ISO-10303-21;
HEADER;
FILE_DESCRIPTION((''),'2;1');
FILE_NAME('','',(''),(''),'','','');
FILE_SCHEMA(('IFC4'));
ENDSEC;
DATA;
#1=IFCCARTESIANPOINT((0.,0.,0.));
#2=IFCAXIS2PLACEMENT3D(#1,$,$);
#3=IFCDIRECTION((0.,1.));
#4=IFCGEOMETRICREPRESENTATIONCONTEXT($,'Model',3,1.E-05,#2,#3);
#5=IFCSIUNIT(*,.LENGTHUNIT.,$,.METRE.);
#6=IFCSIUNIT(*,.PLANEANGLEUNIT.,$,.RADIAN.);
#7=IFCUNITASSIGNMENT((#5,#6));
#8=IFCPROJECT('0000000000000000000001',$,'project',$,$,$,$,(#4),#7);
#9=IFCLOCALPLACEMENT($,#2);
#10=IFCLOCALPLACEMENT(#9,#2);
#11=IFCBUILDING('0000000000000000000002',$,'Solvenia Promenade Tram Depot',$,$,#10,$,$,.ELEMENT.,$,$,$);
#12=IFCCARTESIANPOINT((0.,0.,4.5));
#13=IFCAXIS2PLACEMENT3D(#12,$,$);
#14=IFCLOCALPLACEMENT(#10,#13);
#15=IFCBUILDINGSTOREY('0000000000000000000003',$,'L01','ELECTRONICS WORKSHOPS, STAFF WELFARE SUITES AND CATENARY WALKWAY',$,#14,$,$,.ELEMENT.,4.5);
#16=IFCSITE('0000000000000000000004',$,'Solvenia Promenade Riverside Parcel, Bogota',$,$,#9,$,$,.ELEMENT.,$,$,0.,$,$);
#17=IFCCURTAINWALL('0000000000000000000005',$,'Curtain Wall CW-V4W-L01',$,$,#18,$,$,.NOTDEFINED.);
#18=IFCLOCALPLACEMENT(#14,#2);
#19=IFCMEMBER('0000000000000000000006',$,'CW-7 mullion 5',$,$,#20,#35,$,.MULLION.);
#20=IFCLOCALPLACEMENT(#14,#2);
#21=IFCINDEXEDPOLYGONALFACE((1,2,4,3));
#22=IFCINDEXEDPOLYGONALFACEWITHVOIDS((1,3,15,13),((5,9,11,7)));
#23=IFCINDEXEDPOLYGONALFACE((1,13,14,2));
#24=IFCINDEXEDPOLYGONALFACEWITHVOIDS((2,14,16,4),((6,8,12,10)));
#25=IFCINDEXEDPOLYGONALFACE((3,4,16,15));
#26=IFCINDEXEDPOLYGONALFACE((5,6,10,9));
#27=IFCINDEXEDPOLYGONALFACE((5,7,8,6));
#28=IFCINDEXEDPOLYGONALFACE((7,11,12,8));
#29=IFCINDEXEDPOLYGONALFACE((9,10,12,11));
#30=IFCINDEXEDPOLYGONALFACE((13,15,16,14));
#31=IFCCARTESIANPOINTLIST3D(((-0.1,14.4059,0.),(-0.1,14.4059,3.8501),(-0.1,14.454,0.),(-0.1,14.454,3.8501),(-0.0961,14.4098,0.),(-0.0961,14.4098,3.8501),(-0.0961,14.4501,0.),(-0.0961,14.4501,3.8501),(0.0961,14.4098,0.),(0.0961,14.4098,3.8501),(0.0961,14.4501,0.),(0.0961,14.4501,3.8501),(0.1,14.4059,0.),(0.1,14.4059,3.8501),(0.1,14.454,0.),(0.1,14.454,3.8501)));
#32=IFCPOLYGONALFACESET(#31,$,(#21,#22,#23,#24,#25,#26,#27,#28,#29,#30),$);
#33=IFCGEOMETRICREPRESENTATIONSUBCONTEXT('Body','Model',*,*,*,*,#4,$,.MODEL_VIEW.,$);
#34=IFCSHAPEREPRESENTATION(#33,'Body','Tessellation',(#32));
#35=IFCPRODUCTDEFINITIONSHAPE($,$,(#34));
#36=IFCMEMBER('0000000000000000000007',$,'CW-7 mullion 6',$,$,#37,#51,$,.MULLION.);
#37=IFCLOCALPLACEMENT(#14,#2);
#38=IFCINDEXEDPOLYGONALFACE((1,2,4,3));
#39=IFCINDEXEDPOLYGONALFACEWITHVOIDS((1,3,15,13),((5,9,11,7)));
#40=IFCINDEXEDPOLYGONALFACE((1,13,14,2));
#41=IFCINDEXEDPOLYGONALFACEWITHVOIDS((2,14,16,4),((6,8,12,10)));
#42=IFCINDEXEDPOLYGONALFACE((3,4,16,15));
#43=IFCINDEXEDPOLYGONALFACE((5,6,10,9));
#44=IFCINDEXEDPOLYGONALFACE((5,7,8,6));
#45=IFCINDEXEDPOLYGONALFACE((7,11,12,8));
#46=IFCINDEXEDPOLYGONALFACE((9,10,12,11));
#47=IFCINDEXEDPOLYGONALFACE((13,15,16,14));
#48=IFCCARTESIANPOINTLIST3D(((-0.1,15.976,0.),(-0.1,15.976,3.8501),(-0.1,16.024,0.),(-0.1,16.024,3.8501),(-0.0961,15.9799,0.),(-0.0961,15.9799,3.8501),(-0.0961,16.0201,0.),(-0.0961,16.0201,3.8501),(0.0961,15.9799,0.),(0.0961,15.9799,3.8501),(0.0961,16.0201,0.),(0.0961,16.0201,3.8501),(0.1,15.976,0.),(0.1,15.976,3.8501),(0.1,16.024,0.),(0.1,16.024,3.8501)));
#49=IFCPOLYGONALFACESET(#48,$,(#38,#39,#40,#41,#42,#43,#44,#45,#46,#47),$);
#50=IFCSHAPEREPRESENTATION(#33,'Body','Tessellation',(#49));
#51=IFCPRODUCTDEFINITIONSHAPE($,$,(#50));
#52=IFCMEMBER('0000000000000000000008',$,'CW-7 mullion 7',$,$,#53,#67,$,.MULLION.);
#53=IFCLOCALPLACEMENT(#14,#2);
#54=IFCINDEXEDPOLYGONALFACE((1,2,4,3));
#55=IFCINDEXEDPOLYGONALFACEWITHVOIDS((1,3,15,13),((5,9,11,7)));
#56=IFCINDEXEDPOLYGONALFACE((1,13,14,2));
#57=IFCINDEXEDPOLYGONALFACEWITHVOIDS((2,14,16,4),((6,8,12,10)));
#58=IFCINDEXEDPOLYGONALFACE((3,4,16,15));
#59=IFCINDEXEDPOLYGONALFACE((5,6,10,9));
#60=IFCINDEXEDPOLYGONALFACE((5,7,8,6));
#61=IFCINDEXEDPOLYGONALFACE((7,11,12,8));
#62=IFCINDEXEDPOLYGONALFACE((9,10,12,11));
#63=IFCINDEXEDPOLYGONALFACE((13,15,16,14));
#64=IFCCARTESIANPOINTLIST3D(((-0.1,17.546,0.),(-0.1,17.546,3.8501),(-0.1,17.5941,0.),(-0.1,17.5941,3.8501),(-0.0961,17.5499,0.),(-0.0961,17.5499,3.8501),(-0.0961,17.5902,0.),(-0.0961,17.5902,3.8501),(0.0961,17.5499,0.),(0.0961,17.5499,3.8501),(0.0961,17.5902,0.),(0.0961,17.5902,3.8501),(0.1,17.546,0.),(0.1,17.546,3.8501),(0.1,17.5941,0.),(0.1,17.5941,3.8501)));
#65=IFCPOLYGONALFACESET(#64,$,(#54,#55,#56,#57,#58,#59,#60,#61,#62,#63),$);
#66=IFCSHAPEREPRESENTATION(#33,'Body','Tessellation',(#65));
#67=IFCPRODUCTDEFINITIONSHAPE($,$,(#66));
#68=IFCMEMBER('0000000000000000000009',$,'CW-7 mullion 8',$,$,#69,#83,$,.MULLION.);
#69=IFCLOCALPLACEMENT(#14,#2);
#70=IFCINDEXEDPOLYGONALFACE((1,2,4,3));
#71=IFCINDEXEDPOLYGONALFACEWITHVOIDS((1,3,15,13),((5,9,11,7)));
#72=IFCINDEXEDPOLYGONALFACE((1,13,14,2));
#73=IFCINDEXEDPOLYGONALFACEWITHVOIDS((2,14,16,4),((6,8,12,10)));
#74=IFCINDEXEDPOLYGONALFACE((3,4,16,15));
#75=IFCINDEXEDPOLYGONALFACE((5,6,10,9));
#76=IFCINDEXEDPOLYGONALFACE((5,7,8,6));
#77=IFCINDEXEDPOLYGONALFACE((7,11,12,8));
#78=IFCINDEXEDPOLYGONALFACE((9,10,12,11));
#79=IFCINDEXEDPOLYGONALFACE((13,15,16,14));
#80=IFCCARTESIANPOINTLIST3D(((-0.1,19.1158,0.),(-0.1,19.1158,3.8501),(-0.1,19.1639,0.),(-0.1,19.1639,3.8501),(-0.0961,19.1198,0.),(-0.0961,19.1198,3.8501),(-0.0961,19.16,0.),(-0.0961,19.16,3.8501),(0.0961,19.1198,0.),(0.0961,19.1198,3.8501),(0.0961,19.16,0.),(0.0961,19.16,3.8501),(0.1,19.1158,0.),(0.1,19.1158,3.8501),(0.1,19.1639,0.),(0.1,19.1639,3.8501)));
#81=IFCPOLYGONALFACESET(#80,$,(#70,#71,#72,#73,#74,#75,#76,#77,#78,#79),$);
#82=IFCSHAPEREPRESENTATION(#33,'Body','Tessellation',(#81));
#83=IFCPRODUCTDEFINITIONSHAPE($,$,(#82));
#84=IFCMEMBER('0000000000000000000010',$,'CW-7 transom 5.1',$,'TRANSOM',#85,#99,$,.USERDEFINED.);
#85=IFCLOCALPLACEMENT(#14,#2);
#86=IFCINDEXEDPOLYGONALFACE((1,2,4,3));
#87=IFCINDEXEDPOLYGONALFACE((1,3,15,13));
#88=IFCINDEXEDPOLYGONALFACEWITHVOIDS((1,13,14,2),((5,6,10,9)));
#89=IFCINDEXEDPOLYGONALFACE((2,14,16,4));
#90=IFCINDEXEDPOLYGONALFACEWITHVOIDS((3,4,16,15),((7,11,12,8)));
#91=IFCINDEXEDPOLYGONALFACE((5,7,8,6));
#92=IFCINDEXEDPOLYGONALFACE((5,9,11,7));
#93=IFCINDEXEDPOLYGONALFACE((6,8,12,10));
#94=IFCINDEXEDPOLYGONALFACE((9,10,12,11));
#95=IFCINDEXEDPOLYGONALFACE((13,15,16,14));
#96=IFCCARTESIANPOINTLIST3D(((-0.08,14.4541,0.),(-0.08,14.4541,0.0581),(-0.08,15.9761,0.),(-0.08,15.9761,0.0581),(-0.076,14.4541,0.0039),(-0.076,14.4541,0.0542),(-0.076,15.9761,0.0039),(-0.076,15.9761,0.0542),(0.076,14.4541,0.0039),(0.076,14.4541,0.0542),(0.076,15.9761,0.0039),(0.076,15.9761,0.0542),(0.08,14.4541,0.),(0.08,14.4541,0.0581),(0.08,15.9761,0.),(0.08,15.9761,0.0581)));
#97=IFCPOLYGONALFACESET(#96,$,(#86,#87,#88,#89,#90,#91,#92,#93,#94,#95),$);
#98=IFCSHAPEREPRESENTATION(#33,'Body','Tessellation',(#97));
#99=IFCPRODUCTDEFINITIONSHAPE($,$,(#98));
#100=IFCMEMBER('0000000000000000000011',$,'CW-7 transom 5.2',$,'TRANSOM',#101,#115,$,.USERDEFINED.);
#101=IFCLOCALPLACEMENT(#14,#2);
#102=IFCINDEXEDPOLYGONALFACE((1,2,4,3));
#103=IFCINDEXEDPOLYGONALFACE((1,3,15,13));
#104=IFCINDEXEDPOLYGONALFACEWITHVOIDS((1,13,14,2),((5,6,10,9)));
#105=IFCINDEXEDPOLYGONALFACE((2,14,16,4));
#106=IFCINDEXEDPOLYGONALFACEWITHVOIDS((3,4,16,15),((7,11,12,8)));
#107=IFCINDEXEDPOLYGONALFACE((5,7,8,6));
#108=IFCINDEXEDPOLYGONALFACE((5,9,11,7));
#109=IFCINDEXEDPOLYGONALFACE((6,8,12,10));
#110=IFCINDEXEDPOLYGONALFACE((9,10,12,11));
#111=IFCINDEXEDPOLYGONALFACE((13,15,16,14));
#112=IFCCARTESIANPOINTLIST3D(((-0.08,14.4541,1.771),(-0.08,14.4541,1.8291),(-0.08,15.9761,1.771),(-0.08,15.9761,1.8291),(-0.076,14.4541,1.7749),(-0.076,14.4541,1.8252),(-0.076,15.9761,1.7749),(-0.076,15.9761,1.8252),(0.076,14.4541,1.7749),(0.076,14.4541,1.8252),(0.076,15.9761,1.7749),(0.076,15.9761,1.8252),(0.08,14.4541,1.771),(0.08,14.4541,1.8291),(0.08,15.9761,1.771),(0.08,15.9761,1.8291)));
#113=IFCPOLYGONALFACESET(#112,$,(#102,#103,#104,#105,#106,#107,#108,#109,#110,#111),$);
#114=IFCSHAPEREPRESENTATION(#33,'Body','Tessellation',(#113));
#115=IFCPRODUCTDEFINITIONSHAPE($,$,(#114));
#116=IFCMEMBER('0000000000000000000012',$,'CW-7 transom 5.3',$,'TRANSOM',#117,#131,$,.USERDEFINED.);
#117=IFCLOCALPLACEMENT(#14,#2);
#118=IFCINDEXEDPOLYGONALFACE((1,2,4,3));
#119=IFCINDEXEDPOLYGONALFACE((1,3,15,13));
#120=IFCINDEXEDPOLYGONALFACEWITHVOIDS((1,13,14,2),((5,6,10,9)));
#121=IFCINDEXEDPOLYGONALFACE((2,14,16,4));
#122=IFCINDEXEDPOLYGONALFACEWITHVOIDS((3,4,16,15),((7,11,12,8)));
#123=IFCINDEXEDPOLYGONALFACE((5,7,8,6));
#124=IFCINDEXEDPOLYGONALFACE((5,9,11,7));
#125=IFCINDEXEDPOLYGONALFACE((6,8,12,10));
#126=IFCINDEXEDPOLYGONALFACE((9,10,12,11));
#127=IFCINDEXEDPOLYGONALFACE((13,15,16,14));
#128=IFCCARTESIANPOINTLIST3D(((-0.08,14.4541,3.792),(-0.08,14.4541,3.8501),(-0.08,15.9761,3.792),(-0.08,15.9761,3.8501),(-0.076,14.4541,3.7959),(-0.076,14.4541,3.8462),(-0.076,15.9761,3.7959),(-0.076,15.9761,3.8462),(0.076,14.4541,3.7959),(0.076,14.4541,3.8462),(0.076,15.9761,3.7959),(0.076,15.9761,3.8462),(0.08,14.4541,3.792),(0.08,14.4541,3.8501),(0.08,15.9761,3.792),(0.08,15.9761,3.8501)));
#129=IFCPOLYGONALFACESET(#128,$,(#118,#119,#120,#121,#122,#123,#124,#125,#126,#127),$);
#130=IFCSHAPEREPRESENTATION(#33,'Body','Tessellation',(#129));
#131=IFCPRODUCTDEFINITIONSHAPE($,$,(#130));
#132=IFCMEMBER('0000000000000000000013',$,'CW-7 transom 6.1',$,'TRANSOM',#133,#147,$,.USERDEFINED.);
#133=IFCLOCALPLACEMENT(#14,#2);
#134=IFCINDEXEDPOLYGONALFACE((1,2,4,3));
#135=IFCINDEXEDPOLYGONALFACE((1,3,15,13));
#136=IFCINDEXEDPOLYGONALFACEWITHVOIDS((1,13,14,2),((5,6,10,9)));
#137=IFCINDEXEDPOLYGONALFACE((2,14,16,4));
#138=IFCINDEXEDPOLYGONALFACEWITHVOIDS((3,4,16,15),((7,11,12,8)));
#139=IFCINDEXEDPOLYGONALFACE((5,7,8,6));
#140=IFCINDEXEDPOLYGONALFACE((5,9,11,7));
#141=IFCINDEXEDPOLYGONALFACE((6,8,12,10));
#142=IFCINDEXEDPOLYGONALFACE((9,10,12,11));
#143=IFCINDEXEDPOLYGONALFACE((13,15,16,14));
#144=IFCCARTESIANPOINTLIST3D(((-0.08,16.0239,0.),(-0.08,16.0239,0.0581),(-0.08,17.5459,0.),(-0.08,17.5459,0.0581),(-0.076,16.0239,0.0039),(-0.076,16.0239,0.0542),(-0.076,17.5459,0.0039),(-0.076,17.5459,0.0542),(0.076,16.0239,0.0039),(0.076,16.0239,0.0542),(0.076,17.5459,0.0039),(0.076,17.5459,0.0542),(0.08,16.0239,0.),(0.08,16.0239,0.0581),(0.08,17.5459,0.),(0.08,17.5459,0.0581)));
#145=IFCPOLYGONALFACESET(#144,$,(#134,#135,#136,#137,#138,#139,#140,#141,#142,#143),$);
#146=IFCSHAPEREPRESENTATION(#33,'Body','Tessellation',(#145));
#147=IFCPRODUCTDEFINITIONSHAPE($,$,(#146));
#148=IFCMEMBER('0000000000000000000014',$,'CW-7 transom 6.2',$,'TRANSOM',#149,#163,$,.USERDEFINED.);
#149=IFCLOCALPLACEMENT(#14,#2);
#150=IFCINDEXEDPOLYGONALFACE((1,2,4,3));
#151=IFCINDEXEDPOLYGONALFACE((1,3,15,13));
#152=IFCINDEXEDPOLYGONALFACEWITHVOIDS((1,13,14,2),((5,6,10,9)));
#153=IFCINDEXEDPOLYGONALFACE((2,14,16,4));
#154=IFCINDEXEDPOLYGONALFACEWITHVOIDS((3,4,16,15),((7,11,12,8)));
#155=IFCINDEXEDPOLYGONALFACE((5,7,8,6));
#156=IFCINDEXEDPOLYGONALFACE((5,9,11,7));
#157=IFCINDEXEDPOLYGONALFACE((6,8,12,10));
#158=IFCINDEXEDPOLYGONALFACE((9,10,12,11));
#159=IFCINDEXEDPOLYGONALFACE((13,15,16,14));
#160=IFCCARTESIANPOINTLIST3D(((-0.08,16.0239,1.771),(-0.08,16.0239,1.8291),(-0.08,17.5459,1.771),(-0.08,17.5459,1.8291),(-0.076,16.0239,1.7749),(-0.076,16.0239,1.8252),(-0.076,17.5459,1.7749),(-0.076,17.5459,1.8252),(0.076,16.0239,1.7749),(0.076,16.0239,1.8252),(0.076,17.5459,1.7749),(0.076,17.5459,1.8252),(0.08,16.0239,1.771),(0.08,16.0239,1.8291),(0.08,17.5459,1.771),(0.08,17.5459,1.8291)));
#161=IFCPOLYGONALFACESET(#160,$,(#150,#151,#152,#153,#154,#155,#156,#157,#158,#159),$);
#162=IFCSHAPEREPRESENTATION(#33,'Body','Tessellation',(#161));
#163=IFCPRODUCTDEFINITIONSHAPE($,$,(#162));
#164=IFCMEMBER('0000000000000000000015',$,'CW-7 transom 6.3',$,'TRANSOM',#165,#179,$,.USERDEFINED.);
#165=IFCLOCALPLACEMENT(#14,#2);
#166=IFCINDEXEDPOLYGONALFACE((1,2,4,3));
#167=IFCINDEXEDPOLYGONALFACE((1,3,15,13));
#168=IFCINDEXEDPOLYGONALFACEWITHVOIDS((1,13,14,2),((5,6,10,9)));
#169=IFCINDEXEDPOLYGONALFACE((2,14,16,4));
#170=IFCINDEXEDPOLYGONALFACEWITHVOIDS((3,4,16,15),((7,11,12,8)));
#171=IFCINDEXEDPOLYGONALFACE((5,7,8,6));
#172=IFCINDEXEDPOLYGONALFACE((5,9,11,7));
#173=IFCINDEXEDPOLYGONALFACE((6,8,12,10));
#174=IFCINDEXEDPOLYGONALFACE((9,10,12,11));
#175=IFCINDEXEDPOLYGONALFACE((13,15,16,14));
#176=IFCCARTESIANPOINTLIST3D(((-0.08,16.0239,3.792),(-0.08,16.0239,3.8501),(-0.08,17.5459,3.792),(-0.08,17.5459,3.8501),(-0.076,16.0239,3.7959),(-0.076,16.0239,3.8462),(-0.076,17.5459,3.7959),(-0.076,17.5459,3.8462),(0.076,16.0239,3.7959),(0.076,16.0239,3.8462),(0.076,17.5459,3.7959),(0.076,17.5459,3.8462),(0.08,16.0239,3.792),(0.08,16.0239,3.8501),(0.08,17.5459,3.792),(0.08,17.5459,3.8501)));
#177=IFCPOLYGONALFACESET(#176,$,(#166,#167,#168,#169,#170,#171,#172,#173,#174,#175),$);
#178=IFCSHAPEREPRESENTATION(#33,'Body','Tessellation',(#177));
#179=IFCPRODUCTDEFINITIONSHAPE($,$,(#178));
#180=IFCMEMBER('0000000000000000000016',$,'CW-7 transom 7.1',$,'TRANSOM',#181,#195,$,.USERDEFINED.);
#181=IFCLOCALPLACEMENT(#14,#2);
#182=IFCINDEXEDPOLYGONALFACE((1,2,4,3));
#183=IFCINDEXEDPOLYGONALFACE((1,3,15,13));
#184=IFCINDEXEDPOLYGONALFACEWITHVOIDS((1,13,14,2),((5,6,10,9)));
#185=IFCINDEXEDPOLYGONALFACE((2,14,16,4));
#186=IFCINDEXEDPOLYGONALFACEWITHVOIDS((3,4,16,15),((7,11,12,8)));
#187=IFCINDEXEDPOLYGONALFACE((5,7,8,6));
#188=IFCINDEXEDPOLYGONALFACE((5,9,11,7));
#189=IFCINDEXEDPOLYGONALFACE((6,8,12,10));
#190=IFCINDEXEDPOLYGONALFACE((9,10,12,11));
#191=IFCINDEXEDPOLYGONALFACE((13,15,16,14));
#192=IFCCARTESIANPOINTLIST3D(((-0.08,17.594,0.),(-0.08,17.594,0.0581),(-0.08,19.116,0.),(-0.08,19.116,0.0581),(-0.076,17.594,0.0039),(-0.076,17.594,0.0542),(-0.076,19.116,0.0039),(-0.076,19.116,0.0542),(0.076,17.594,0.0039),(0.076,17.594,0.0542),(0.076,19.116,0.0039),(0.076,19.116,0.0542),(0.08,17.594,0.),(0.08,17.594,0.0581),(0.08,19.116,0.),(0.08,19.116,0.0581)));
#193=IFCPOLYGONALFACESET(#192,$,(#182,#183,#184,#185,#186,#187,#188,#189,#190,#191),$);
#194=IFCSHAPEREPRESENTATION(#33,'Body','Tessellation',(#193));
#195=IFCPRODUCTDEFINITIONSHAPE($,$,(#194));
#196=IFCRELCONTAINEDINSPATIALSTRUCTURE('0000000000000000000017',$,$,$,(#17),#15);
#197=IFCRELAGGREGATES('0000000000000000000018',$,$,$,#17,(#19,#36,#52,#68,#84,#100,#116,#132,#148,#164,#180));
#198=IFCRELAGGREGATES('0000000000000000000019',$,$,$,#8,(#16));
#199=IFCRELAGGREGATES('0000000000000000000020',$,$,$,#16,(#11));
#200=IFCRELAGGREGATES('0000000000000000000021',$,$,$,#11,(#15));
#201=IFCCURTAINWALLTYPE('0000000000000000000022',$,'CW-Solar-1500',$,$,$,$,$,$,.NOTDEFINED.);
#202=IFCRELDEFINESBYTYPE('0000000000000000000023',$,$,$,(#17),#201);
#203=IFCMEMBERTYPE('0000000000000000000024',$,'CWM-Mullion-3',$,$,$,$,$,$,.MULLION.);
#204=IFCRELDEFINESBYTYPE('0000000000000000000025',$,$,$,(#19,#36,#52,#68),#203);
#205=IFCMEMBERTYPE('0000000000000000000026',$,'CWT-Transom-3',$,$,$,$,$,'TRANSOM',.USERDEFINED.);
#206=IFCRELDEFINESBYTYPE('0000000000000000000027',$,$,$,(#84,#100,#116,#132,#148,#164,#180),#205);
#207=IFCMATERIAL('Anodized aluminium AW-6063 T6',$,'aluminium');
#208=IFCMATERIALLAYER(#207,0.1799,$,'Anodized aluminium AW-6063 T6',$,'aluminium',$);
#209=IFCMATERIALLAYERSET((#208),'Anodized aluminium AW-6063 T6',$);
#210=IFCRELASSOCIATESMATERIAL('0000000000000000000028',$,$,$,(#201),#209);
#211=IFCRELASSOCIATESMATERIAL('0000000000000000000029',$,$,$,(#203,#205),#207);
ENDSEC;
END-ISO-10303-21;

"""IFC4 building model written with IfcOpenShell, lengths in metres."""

from ifc_helpers import new_model, si_unit, direction, frame, origin, origin_2d, place, context, subcontext, project, spatial, hollow_rectangle, extrude, material, layer, layer_set, material_profile, profile_set, type_object, element, aggregate, save


model = new_model("IFC4")

# Units and contexts
model_context = context("Model", 3, precision=1e-05, world=origin(), true_north=direction((0.0, 1.0)))
body_context = subcontext(model_context, "Body", "Model", "MODEL_VIEW")
ifc_project = project(units=[si_unit("LENGTHUNIT", "METRE"), si_unit("PLANEANGLEUNIT", "RADIAN")], contexts=[model_context])

# Site, building, storey
site_placement = place(None, origin())
site = spatial("IfcSite", under=ifc_project, at=site_placement, Name="Solvenia Promenade Riverside Parcel, Bogota", CompositionType="ELEMENT", RefElevation=0.0)
building_placement = place(site_placement, origin())
building = spatial("IfcBuilding", under=site, at=building_placement, Name="Solvenia Promenade Tram Depot", CompositionType="ELEMENT")
storey_placement = place(building_placement, frame((0.0, 0.0, 4.5)))
storey = spatial("IfcBuildingStorey", under=building, at=storey_placement, Name="L01", Description="ELECTRONICS WORKSHOPS, STAFF WELFARE SUITES AND CATENARY WALKWAY", CompositionType="ELEMENT", Elevation=4.5)

# Curtain wall, members
ifc_material_1 = material(Name="Anodized aluminium AW-6063 T6", Category="aluminium")
ifc_layer_1 = layer(ifc_material_1, 0.1799, Name="Anodized aluminium AW-6063 T6", Category="aluminium")
ifc_layer_set_1 = layer_set([ifc_layer_1], Name="Anodized aluminium AW-6063 T6")
curtain_wall_type = type_object("IfcCurtainWallType", Name="CW-Solar-1500", PredefinedType="NOTDEFINED", material=ifc_layer_set_1)
curtain_wall_placement = place(storey_placement, origin())
curtain_wall = element("IfcCurtainWall", 1, at=curtain_wall_placement, inside=storey, type_object=curtain_wall_type, Name="Curtain Wall CW-V4W-L01", PredefinedType="NOTDEFINED")
ifc_material_profile_1 = material_profile(ifc_material_1, hollow_rectangle(XDim=0.2, YDim=0.0481, WallThickness=0.0039, at=origin_2d()), Name="ALU-M3", Category="aluminium")
ifc_profile_set_1 = profile_set([ifc_material_profile_1], Name="Anodized aluminium AW-6063 T6")
member_type_1 = type_object("IfcMemberType", Name="CWM-Mullion-3", PredefinedType="MULLION", material=ifc_profile_set_1)
member_1_placement = place(storey_placement, frame((0.0, 14.4299, 0.0), z_axis=(0.0, 0.0, 1.0), x_axis=(-1.0, 0.0, 0.0)))
member_1 = element("IfcMember", 2, at=member_1_placement, type_object=member_type_1, Name="CW-7 mullion 5", PredefinedType="MULLION", context=body_context, shape_type="SweptSolid", body=[
    extrude(hollow_rectangle(XDim=0.2, YDim=0.0481, WallThickness=0.0039, at=origin_2d()), origin(), (0.0, 0.0, 1.0), 3.8501),
])
member_2_placement = place(storey_placement, frame((0.0, 16.0, 0.0), z_axis=(0.0, 0.0, 1.0), x_axis=(-1.0, 0.0, 0.0)))
member_2 = element("IfcMember", 3, at=member_2_placement, type_object=member_type_1, Name="CW-7 mullion 6", PredefinedType="MULLION", context=body_context, shape_type="SweptSolid", body=[
    extrude(hollow_rectangle(XDim=0.2, YDim=0.0481, WallThickness=0.0039, at=origin_2d()), origin(), (0.0, 0.0, 1.0), 3.8501),
])
member_3_placement = place(storey_placement, frame((0.0, 17.5701, 0.0), z_axis=(0.0, 0.0, 1.0), x_axis=(-1.0, 0.0, 0.0)))
member_3 = element("IfcMember", 4, at=member_3_placement, type_object=member_type_1, Name="CW-7 mullion 7", PredefinedType="MULLION", context=body_context, shape_type="SweptSolid", body=[
    extrude(hollow_rectangle(XDim=0.2, YDim=0.0481, WallThickness=0.0039, at=origin_2d()), origin(), (0.0, 0.0, 1.0), 3.8501),
])
member_4_placement = place(storey_placement, frame((0.0, 19.1399, 0.0), z_axis=(0.0, 0.0, 1.0), x_axis=(-1.0, 0.0, 0.0)))
member_4 = element("IfcMember", 5, at=member_4_placement, type_object=member_type_1, Name="CW-7 mullion 8", PredefinedType="MULLION", context=body_context, shape_type="SweptSolid", body=[
    extrude(hollow_rectangle(XDim=0.2, YDim=0.0481, WallThickness=0.0039, at=origin_2d()), origin(), (0.0, 0.0, 1.0), 3.8501),
])
ifc_material_profile_2 = material_profile(ifc_material_1, hollow_rectangle(XDim=0.1599, YDim=0.0581, WallThickness=0.0039, at=origin_2d()), Name="ALU-T3", Category="aluminium")
ifc_profile_set_2 = profile_set([ifc_material_profile_2], Name="Anodized aluminium AW-6063 T6")
member_type_2 = type_object("IfcMemberType", Name="CWT-Transom-3", ElementType="TRANSOM", PredefinedType="USERDEFINED", material=ifc_profile_set_2)
member_5_placement = place(storey_placement, frame((0.0, 14.4541, 0.0291), z_axis=(0.0, 1.0, 0.0), x_axis=(-1.0, 0.0, 0.0)))
member_5 = element("IfcMember", 6, at=member_5_placement, type_object=member_type_2, Name="CW-7 transom 5.1", ObjectType="TRANSOM", PredefinedType="USERDEFINED", context=body_context, shape_type="SweptSolid", body=[
    extrude(hollow_rectangle(XDim=0.1599, YDim=0.0581, WallThickness=0.0039, at=origin_2d()), origin(), (0.0, 0.0, 1.0), 1.522),
])
member_6_placement = place(storey_placement, frame((0.0, 14.4541, 1.8), z_axis=(0.0, 1.0, 0.0), x_axis=(-1.0, 0.0, 0.0)))
member_6 = element("IfcMember", 7, at=member_6_placement, type_object=member_type_2, Name="CW-7 transom 5.2", ObjectType="TRANSOM", PredefinedType="USERDEFINED", context=body_context, shape_type="SweptSolid", body=[
    extrude(hollow_rectangle(XDim=0.1599, YDim=0.0581, WallThickness=0.0039, at=origin_2d()), origin(), (0.0, 0.0, 1.0), 1.522),
])
member_7_placement = place(storey_placement, frame((0.0, 14.4541, 3.821), z_axis=(0.0, 1.0, 0.0), x_axis=(-1.0, 0.0, 0.0)))
member_7 = element("IfcMember", 8, at=member_7_placement, type_object=member_type_2, Name="CW-7 transom 5.3", ObjectType="TRANSOM", PredefinedType="USERDEFINED", context=body_context, shape_type="SweptSolid", body=[
    extrude(hollow_rectangle(XDim=0.1599, YDim=0.0581, WallThickness=0.0039, at=origin_2d()), origin(), (0.0, 0.0, 1.0), 1.522),
])
member_8_placement = place(storey_placement, frame((0.0, 16.0239, 0.0291), z_axis=(0.0, 1.0, 0.0), x_axis=(-1.0, 0.0, 0.0)))
member_8 = element("IfcMember", 9, at=member_8_placement, type_object=member_type_2, Name="CW-7 transom 6.1", ObjectType="TRANSOM", PredefinedType="USERDEFINED", context=body_context, shape_type="SweptSolid", body=[
    extrude(hollow_rectangle(XDim=0.1599, YDim=0.0581, WallThickness=0.0039, at=origin_2d()), origin(), (0.0, 0.0, 1.0), 1.522),
])
member_9_placement = place(storey_placement, frame((0.0, 16.0239, 1.8), z_axis=(0.0, 1.0, 0.0), x_axis=(-1.0, 0.0, 0.0)))
member_9 = element("IfcMember", 10, at=member_9_placement, type_object=member_type_2, Name="CW-7 transom 6.2", ObjectType="TRANSOM", PredefinedType="USERDEFINED", context=body_context, shape_type="SweptSolid", body=[
    extrude(hollow_rectangle(XDim=0.1599, YDim=0.0581, WallThickness=0.0039, at=origin_2d()), origin(), (0.0, 0.0, 1.0), 1.522),
])
member_10_placement = place(storey_placement, frame((0.0, 16.0239, 3.821), z_axis=(0.0, 1.0, 0.0), x_axis=(-1.0, 0.0, 0.0)))
member_10 = element("IfcMember", 11, at=member_10_placement, type_object=member_type_2, Name="CW-7 transom 6.3", ObjectType="TRANSOM", PredefinedType="USERDEFINED", context=body_context, shape_type="SweptSolid", body=[
    extrude(hollow_rectangle(XDim=0.1599, YDim=0.0581, WallThickness=0.0039, at=origin_2d()), origin(), (0.0, 0.0, 1.0), 1.522),
])
member_11_placement = place(storey_placement, frame((0.0, 17.594, 0.0291), z_axis=(0.0, 1.0, 0.0), x_axis=(-1.0, 0.0, 0.0)))
member_11 = element("IfcMember", 12, at=member_11_placement, type_object=member_type_2, Name="CW-7 transom 7.1", ObjectType="TRANSOM", PredefinedType="USERDEFINED", context=body_context, shape_type="SweptSolid", body=[
    extrude(hollow_rectangle(XDim=0.1599, YDim=0.0581, WallThickness=0.0039, at=origin_2d()), origin(), (0.0, 0.0, 1.0), 1.522),
])

aggregate(curtain_wall, [member_1, member_2, member_3, member_4, member_5, member_6, member_7, member_8, member_9, member_10, member_11])

save(model, "model.ifc")
